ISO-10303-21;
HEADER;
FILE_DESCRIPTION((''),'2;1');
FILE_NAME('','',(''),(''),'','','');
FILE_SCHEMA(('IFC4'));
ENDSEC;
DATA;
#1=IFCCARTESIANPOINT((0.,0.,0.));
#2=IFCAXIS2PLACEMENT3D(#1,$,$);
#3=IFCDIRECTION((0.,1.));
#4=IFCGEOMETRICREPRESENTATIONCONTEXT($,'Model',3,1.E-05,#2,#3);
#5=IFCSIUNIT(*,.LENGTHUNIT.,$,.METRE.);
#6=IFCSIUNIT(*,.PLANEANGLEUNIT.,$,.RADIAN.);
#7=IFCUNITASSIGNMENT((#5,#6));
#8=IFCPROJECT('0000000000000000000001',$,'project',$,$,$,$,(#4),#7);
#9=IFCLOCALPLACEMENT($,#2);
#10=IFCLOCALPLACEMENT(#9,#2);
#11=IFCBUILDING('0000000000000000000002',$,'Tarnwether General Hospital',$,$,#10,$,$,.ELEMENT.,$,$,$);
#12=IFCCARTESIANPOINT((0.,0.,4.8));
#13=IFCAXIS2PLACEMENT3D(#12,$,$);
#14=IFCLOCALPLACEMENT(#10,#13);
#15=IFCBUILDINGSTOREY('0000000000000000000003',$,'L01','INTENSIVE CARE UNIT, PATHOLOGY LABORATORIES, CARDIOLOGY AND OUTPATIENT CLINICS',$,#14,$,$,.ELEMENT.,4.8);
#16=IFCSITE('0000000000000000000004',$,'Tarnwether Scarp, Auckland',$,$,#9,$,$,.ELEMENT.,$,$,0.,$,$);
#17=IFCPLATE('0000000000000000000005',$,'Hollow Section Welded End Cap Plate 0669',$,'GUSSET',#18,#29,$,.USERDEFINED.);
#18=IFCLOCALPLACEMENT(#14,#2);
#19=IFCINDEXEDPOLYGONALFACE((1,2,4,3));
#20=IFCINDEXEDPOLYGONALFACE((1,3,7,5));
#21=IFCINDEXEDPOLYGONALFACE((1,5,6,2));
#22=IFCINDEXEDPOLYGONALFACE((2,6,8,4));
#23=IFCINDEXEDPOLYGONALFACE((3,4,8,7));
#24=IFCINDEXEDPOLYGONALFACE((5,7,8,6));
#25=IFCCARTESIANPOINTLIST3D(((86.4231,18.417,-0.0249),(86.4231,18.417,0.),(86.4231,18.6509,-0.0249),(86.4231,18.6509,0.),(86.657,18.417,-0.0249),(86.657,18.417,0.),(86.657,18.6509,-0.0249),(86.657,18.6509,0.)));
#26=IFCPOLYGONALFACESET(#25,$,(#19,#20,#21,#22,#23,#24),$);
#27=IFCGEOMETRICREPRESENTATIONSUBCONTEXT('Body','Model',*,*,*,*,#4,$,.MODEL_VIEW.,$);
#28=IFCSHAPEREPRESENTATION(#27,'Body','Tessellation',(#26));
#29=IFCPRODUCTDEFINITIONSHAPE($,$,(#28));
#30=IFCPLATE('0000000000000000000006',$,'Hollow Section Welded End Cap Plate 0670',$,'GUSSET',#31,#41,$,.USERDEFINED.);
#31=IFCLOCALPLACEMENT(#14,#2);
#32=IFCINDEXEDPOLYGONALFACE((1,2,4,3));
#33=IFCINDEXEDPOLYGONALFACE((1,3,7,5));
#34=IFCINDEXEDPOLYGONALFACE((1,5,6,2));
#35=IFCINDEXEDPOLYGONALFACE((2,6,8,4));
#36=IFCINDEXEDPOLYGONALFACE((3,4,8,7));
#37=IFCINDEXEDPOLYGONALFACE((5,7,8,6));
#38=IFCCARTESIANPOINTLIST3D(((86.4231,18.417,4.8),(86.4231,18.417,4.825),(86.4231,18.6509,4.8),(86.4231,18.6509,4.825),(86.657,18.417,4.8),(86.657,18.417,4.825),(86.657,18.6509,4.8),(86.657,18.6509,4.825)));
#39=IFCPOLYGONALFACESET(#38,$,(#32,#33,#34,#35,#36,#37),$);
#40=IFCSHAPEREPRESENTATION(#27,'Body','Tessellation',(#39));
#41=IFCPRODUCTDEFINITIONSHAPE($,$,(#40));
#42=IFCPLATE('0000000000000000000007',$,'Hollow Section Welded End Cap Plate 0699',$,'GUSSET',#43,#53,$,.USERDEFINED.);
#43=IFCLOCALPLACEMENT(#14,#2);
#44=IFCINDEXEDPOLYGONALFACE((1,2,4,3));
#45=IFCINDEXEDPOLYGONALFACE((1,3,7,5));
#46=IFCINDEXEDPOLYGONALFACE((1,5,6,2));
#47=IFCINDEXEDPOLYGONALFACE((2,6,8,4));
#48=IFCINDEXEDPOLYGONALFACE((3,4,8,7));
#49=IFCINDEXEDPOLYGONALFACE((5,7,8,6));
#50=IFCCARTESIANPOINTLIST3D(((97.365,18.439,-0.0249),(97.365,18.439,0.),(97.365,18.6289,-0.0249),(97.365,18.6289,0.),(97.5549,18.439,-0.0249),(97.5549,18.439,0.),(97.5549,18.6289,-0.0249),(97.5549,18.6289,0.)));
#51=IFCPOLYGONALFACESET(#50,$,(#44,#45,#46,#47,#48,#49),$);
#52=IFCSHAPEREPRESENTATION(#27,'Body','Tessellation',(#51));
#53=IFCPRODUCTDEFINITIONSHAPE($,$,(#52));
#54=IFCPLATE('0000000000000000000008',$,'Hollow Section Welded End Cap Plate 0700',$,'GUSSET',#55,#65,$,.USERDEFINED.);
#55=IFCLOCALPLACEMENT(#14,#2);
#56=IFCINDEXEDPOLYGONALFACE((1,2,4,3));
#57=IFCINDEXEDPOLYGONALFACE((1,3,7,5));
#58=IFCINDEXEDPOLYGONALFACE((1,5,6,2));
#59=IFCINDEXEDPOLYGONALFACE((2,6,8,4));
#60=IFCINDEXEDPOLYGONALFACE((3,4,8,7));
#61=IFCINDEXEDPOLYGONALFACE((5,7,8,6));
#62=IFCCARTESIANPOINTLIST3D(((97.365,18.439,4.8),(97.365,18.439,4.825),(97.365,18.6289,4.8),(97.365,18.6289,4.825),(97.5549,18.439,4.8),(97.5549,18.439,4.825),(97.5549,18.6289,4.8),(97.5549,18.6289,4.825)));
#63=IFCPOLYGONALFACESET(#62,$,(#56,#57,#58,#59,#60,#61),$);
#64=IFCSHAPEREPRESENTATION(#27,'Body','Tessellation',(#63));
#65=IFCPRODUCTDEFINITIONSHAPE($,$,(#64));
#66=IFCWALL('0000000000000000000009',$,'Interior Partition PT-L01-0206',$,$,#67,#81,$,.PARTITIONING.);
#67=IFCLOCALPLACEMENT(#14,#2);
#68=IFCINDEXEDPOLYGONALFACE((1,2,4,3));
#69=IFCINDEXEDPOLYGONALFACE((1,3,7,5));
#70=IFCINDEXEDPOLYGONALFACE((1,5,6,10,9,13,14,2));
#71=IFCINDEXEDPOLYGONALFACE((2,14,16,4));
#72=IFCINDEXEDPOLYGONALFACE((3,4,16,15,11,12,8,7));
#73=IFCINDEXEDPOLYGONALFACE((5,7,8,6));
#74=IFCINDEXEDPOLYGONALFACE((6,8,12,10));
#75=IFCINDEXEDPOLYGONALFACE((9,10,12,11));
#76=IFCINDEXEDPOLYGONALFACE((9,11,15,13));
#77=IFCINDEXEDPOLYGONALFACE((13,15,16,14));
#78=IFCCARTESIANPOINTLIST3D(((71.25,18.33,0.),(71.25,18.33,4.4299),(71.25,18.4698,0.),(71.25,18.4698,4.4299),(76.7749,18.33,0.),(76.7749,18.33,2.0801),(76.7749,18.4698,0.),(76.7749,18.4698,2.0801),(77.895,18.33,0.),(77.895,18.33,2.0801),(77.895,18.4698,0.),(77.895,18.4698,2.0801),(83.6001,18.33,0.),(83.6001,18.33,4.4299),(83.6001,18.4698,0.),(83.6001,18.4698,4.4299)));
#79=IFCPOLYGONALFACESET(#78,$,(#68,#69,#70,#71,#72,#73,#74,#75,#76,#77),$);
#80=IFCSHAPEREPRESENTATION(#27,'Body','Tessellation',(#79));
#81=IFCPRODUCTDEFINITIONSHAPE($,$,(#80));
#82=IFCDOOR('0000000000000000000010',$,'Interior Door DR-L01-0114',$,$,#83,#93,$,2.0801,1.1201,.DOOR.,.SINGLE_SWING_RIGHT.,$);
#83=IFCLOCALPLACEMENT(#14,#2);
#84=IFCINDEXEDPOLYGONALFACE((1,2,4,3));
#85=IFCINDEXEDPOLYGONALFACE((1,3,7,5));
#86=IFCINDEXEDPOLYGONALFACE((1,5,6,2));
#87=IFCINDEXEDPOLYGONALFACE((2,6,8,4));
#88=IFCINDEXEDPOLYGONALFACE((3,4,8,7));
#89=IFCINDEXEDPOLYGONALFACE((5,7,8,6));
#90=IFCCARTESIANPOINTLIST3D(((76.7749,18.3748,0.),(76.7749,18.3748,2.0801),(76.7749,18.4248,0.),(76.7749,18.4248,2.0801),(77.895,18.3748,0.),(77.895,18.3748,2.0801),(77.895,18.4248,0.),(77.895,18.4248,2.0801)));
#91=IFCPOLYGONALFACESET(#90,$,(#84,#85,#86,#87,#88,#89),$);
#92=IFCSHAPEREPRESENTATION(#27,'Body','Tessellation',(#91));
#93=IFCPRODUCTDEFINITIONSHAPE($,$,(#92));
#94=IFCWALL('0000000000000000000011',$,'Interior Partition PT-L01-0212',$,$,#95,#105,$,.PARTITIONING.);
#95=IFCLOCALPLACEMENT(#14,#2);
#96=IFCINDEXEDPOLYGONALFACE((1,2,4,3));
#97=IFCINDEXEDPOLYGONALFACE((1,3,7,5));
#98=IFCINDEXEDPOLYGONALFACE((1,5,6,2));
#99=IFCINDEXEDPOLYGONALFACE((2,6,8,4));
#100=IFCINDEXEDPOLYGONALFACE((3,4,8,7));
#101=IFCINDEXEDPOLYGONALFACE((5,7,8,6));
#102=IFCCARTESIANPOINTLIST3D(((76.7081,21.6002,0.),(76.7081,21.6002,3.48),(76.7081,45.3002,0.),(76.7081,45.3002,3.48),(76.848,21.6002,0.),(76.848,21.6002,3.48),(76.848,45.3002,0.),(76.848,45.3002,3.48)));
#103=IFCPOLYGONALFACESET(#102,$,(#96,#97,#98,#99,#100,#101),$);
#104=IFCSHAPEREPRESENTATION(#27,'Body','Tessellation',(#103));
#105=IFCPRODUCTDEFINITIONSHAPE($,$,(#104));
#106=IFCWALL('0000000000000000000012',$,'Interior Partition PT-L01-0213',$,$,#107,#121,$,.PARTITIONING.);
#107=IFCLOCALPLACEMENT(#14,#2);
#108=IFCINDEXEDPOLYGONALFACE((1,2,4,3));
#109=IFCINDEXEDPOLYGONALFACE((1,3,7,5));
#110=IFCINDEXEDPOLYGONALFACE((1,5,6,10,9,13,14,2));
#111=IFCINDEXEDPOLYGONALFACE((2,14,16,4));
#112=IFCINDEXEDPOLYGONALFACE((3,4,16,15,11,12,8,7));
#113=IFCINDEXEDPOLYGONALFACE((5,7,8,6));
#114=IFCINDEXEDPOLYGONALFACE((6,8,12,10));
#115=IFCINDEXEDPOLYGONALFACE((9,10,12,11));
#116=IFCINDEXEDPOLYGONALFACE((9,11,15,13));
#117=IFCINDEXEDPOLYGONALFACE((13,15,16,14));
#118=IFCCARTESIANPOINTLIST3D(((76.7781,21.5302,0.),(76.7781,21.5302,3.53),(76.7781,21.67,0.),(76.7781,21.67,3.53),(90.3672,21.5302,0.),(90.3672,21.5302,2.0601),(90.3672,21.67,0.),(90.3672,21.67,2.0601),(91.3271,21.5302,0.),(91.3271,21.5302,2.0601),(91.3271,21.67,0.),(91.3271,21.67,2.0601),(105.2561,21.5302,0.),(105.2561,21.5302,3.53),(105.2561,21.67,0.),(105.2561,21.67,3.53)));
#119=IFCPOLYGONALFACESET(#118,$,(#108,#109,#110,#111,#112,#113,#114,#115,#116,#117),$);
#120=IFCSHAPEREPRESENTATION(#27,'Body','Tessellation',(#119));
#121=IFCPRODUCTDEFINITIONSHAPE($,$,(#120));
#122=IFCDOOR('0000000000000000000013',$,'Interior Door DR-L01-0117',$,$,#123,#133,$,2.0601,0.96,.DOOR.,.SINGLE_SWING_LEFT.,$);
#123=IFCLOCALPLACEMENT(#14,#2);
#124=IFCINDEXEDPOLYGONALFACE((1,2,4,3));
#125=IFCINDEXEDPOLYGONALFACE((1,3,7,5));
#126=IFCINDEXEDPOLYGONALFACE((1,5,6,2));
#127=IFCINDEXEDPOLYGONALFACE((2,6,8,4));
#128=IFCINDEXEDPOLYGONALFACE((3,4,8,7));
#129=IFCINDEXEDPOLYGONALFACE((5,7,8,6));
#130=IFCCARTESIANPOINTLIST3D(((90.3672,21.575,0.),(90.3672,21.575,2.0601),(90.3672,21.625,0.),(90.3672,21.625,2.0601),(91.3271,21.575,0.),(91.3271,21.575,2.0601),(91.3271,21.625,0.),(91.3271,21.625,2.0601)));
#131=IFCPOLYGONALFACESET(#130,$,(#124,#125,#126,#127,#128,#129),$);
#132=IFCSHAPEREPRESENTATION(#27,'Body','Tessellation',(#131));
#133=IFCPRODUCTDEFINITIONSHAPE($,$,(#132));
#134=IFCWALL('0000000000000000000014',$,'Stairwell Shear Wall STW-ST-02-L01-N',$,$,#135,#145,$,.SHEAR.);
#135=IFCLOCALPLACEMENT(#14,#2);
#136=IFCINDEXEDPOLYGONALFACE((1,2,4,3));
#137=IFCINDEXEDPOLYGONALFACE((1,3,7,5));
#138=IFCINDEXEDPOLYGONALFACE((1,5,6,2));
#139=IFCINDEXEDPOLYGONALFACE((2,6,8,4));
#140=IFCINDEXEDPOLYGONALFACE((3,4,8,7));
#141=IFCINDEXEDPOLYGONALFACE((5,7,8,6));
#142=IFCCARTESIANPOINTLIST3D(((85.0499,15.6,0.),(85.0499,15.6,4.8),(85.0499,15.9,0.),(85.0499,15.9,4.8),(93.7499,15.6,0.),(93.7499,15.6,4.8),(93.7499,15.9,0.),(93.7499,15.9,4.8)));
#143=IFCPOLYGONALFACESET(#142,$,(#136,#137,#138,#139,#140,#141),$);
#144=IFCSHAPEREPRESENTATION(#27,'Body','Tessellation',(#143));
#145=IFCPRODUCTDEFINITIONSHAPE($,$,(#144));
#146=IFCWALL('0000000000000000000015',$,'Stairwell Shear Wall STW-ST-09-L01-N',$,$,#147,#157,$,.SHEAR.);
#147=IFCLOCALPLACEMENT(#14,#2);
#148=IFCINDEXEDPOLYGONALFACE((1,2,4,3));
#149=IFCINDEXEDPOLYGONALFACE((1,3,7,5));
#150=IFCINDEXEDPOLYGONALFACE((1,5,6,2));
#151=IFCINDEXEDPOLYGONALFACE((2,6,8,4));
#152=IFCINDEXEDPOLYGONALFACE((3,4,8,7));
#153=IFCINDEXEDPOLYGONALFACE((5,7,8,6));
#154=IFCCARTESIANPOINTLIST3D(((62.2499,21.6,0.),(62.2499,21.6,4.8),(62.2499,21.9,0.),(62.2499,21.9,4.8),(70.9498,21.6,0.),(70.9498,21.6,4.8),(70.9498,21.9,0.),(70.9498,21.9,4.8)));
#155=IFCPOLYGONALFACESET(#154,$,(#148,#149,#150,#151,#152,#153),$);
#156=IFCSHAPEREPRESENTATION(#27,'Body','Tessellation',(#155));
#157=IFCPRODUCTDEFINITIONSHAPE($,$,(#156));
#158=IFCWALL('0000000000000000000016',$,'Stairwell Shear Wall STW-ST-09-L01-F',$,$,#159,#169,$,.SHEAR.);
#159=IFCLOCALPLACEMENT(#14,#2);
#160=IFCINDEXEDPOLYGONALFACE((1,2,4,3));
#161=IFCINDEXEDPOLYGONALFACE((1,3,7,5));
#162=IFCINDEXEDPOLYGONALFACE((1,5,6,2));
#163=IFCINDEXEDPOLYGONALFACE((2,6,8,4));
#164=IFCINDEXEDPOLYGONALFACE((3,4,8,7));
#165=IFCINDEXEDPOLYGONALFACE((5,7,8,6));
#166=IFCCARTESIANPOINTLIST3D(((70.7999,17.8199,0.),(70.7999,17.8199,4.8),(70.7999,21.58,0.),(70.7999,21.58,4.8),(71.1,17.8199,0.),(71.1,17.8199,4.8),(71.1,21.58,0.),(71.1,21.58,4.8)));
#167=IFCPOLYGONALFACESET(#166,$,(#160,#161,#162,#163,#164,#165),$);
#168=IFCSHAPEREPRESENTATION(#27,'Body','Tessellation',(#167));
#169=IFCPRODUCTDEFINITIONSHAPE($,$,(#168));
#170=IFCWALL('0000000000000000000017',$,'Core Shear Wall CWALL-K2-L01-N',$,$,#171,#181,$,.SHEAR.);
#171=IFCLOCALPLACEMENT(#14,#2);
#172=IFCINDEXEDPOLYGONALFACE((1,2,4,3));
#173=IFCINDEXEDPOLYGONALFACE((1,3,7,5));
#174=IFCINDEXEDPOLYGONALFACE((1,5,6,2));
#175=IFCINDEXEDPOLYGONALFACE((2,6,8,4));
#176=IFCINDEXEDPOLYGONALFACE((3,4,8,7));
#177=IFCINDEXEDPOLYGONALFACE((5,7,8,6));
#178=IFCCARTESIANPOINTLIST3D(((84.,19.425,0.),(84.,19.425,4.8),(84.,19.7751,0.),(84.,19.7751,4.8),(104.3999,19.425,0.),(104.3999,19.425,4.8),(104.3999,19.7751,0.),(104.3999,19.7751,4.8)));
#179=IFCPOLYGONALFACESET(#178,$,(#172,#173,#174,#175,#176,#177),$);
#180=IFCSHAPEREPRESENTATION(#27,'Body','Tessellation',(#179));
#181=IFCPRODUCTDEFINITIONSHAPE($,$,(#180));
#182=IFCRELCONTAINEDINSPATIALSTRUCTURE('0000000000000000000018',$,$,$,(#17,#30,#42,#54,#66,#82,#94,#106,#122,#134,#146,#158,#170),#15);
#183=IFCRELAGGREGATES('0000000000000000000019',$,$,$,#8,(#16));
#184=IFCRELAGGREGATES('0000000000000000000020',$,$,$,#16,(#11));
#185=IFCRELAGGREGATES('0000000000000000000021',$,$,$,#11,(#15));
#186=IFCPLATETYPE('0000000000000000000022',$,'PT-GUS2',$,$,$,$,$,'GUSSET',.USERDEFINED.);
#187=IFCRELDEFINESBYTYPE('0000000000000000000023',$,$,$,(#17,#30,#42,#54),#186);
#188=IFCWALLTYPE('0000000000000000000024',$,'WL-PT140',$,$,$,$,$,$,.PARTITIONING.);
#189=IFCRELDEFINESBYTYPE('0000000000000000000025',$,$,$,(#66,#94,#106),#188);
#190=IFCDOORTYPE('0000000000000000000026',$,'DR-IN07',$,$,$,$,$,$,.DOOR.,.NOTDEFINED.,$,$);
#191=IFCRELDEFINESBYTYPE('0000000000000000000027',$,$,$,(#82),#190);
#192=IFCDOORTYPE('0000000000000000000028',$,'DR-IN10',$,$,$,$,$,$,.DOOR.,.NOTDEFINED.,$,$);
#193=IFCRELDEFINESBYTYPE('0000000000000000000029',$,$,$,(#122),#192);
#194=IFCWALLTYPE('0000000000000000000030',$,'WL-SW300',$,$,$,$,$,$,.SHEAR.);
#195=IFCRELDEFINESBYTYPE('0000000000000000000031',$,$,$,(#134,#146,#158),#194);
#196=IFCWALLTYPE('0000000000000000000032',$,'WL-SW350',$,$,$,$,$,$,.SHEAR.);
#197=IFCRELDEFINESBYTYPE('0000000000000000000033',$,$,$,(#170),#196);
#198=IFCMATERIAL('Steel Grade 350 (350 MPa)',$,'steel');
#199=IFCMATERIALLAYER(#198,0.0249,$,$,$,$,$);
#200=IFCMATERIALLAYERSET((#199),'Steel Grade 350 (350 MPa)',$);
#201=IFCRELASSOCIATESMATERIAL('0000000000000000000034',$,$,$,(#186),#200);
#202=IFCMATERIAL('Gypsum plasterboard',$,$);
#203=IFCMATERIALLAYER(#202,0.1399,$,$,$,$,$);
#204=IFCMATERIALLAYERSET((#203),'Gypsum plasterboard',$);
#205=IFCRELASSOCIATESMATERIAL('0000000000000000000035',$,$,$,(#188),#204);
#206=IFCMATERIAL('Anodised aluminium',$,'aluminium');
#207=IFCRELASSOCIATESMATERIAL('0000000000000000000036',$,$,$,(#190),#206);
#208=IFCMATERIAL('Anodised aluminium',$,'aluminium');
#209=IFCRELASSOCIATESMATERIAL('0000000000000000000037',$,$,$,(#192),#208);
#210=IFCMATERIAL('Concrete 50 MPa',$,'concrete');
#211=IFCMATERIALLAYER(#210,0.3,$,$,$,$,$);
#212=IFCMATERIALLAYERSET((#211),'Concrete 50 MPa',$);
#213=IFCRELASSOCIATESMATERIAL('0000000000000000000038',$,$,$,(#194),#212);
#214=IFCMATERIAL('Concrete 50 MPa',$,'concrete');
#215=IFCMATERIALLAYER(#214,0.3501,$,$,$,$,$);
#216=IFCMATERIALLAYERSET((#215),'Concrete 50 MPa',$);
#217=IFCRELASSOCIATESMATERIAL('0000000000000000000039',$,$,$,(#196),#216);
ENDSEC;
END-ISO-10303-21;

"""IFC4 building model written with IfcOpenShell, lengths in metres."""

from ifc_helpers import new_model, si_unit, direction, frame, frame_2d, origin, origin_2d, place, context, subcontext, project, spatial, rectangle, extrude, material, layer, layer_set, type_object, element, fill, save


model = new_model("IFC4")

# Units and contexts
model_context = context("Model", 3, precision=1e-05, world=origin(), true_north=direction((0.0, 1.0)))
body_context = subcontext(model_context, "Body", "Model", "MODEL_VIEW")
ifc_project = project(units=[si_unit("LENGTHUNIT", "METRE"), si_unit("PLANEANGLEUNIT", "RADIAN")], contexts=[model_context])

# Site, building, storey
site_placement = place(None, origin())
site = spatial("IfcSite", under=ifc_project, at=site_placement, Name="Tarnwether Scarp, Auckland", CompositionType="ELEMENT", RefElevation=0.0)
building_placement = place(site_placement, origin())
building = spatial("IfcBuilding", under=site, at=building_placement, Name="Tarnwether General Hospital", CompositionType="ELEMENT")
storey_placement = place(building_placement, frame((0.0, 0.0, 4.8)))
storey = spatial("IfcBuildingStorey", under=building, at=storey_placement, Name="L01", Description="INTENSIVE CARE UNIT, PATHOLOGY LABORATORIES, CARDIOLOGY AND OUTPATIENT CLINICS", CompositionType="ELEMENT", Elevation=4.8)

# Plates
ifc_material_1 = material(Name="Steel Grade 350 (350 MPa)", Category="steel")
ifc_layer_1 = layer(ifc_material_1, 0.0249)
ifc_layer_set_1 = layer_set([ifc_layer_1], Name="Steel Grade 350 (350 MPa)")
plate_type = type_object("IfcPlateType", Name="PT-GUS2", ElementType="GUSSET", PredefinedType="USERDEFINED", material=ifc_layer_set_1)
for number, where, z_axis, x_axis, name in (
    (1, (86.54, 18.5339, -0.0249), (0.0, 0.0, 1.0), (1.0, 0.0, 0.0), "Hollow Section Welded End Cap Plate 0669"),
    (2, (86.54, 18.5339, 4.8), (0.0, 0.0, 1.0), (1.0, 0.0, 0.0), "Hollow Section Welded End Cap Plate 0670"),
):
    element("IfcPlate", number, at=place(storey_placement, frame(where, z_axis=z_axis, x_axis=x_axis)), inside=storey, type_object=plate_type, Name=name, ObjectType="GUSSET", PredefinedType="USERDEFINED", context=body_context, shape_type="SweptSolid", body=[
        extrude(rectangle(XDim=0.2339, YDim=0.2339, at=origin_2d()), origin(), (0.0, 0.0, 1.0), 0.0249),
    ])
for number, where, z_axis, x_axis, name in (
    (3, (97.46, 18.5339, -0.0249), (0.0, 0.0, 1.0), (1.0, 0.0, 0.0), "Hollow Section Welded End Cap Plate 0699"),
    (4, (97.46, 18.5339, 4.8), (0.0, 0.0, 1.0), (1.0, 0.0, 0.0), "Hollow Section Welded End Cap Plate 0700"),
):
    element("IfcPlate", number, at=place(storey_placement, frame(where, z_axis=z_axis, x_axis=x_axis)), inside=storey, type_object=plate_type, Name=name, ObjectType="GUSSET", PredefinedType="USERDEFINED", context=body_context, shape_type="SweptSolid", body=[
        extrude(rectangle(XDim=0.1899, YDim=0.1899, at=origin_2d()), origin(), (0.0, 0.0, 1.0), 0.0249),
    ])

# Wall, opening, door
ifc_material_2 = material(Name="Gypsum plasterboard")
ifc_layer_2 = layer(ifc_material_2, 0.1399)
ifc_layer_set_2 = layer_set([ifc_layer_2], Name="Gypsum plasterboard")
wall_type_1 = type_object("IfcWallType", Name="WL-PT140", PredefinedType="PARTITIONING", material=ifc_layer_set_2)
wall_1_placement = place(storey_placement, frame((71.25, 18.3999, 0.0), z_axis=(0.0, 0.0, 1.0), x_axis=(1.0, 0.0, 0.0)))
wall_1 = element("IfcWall", 5, at=wall_1_placement, inside=storey, type_object=wall_type_1, Name="Interior Partition PT-L01-0206", PredefinedType="PARTITIONING", context=body_context, shape_type="SweptSolid", body=[
    extrude(rectangle(XDim=12.3501, YDim=0.1399, at=frame_2d((6.175, 0.0))), origin(), (0.0, 0.0, 1.0), 4.4299),
])
opening_1_placement = place(wall_1_placement, frame((5.5249, 0.0, 0.0)))
opening_1 = element("IfcOpeningElement", 6, at=opening_1_placement, cuts=wall_1, PredefinedType="OPENING", context=body_context, shape_type="SweptSolid", body=[
    extrude(rectangle(XDim=1.1201, YDim=2.0801, at=frame_2d((0.5601, 1.04))), frame((0.0, 0.0801, 0.0), z_axis=(0.0, -1.0, 0.0), x_axis=(1.0, 0.0, 0.0)), (0.0, 0.0, 1.0), 0.1599),
])
ifc_material_3 = material(Name="Anodised aluminium", Category="aluminium")
door_type_1 = type_object("IfcDoorType", Name="DR-IN07", OperationType="NOTDEFINED", PredefinedType="DOOR", material=ifc_material_3)
door_1_placement = place(opening_1_placement, origin())
door_1 = element("IfcDoor", 7, at=door_1_placement, inside=storey, type_object=door_type_1, Name="Interior Door DR-L01-0114", OperationType="SINGLE_SWING_RIGHT", OverallHeight=2.0801, OverallWidth=1.1201, PredefinedType="DOOR", context=body_context, shape_type="SweptSolid", body=[
    extrude(rectangle(XDim=1.1201, YDim=2.0801, at=frame_2d((0.5601, 1.04))), frame((0.0, 0.0249, 0.0), z_axis=(0.0, -1.0, 0.0), x_axis=(1.0, 0.0, 0.0)), (0.0, 0.0, 1.0), 0.05),
])
fill(opening_1, door_1)

# Wall
wall_2_placement = place(storey_placement, frame((76.7781, 21.6001, 0.0), z_axis=(0.0, 0.0, 1.0), x_axis=(0.0, 1.0, 0.0)))
element("IfcWall", 8, at=wall_2_placement, inside=storey, type_object=wall_type_1, Name="Interior Partition PT-L01-0212", PredefinedType="PARTITIONING", context=body_context, shape_type="SweptSolid", body=[
    extrude(rectangle(XDim=23.7, YDim=0.1399, at=frame_2d((11.8501, 0.0))), origin(), (0.0, 0.0, 1.0), 3.48),
])

# Wall, opening, door
wall_3_placement = place(storey_placement, frame((76.7781, 21.6001, 0.0), z_axis=(0.0, 0.0, 1.0), x_axis=(1.0, 0.0, 0.0)))
wall_3 = element("IfcWall", 9, at=wall_3_placement, inside=storey, type_object=wall_type_1, Name="Interior Partition PT-L01-0213", PredefinedType="PARTITIONING", context=body_context, shape_type="SweptSolid", body=[
    extrude(rectangle(XDim=28.478, YDim=0.1399, at=frame_2d((14.239, 0.0))), origin(), (0.0, 0.0, 1.0), 3.53),
])
opening_2_placement = place(wall_3_placement, frame((13.5891, 0.0, 0.0)))
opening_2 = element("IfcOpeningElement", 10, at=opening_2_placement, cuts=wall_3, PredefinedType="OPENING", context=body_context, shape_type="SweptSolid", body=[
    extrude(rectangle(XDim=0.96, YDim=2.0601, at=frame_2d((0.48, 1.03))), frame((0.0, 0.0801, 0.0), z_axis=(0.0, -1.0, 0.0), x_axis=(1.0, 0.0, 0.0)), (0.0, 0.0, 1.0), 0.1599),
])
ifc_material_4 = material(Name="Anodised aluminium", Category="aluminium")
door_type_2 = type_object("IfcDoorType", Name="DR-IN10", OperationType="NOTDEFINED", PredefinedType="DOOR", material=ifc_material_4)
door_2_placement = place(opening_2_placement, origin())
door_2 = element("IfcDoor", 11, at=door_2_placement, inside=storey, type_object=door_type_2, Name="Interior Door DR-L01-0117", OperationType="SINGLE_SWING_LEFT", OverallHeight=2.0601, OverallWidth=0.96, PredefinedType="DOOR", context=body_context, shape_type="SweptSolid", body=[
    extrude(rectangle(XDim=0.96, YDim=2.0601, at=frame_2d((0.48, 1.03))), frame((0.0, 0.0249, 0.0), z_axis=(0.0, -1.0, 0.0), x_axis=(1.0, 0.0, 0.0)), (0.0, 0.0, 1.0), 0.05),
])
fill(opening_2, door_2)

# Walls
ifc_material_5 = material(Name="Concrete 50 MPa", Category="concrete")
ifc_layer_3 = layer(ifc_material_5, 0.3)
ifc_layer_set_3 = layer_set([ifc_layer_3], Name="Concrete 50 MPa")
wall_type_2 = type_object("IfcWallType", Name="WL-SW300", PredefinedType="SHEAR", material=ifc_layer_set_3)
for number, where, z_axis, x_axis, name in (
    (12, (93.75, 15.75, 0.0), (0.0, 0.0, 1.0), (-1.0, 0.0, 0.0), "Stairwell Shear Wall STW-ST-02-L01-N"),
    (13, (70.95, 21.75, 0.0), (0.0, 0.0, 1.0), (-1.0, 0.0, 0.0), "Stairwell Shear Wall STW-ST-09-L01-N"),
):
    element("IfcWall", number, at=place(storey_placement, frame(where, z_axis=z_axis, x_axis=x_axis)), inside=storey, type_object=wall_type_2, Name=name, PredefinedType="SHEAR", context=body_context, shape_type="SweptSolid", body=[
        extrude(rectangle(XDim=8.7, YDim=0.3, at=frame_2d((4.3501, 0.0))), origin(), (0.0, 0.0, 1.0), 4.8),
    ])
wall_4_placement = place(storey_placement, frame((70.95, 17.8201, 0.0), z_axis=(0.0, 0.0, 1.0), x_axis=(0.0, 1.0, 0.0)))
element("IfcWall", 14, at=wall_4_placement, inside=storey, type_object=wall_type_2, Name="Stairwell Shear Wall STW-ST-09-L01-F", PredefinedType="SHEAR", context=body_context, shape_type="SweptSolid", body=[
    extrude(rectangle(XDim=3.76, YDim=0.3, at=frame_2d((1.8799, 0.0))), origin(), (0.0, 0.0, 1.0), 4.8),
])
ifc_material_6 = material(Name="Concrete 50 MPa", Category="concrete")
ifc_layer_4 = layer(ifc_material_6, 0.3501)
ifc_layer_set_4 = layer_set([ifc_layer_4], Name="Concrete 50 MPa")
wall_type_3 = type_object("IfcWallType", Name="WL-SW350", PredefinedType="SHEAR", material=ifc_layer_set_4)
wall_5_placement = place(storey_placement, frame((84.0, 19.6001, 0.0), z_axis=(0.0, 0.0, 1.0), x_axis=(1.0, 0.0, 0.0)))
element("IfcWall", 15, at=wall_5_placement, inside=storey, type_object=wall_type_3, Name="Core Shear Wall CWALL-K2-L01-N", PredefinedType="SHEAR", context=body_context, shape_type="SweptSolid", body=[
    extrude(rectangle(XDim=20.3999, YDim=0.3501, at=frame_2d((10.2, 0.0))), origin(), (0.0, 0.0, 1.0), 4.8),
])

save(model, "model.ifc")
